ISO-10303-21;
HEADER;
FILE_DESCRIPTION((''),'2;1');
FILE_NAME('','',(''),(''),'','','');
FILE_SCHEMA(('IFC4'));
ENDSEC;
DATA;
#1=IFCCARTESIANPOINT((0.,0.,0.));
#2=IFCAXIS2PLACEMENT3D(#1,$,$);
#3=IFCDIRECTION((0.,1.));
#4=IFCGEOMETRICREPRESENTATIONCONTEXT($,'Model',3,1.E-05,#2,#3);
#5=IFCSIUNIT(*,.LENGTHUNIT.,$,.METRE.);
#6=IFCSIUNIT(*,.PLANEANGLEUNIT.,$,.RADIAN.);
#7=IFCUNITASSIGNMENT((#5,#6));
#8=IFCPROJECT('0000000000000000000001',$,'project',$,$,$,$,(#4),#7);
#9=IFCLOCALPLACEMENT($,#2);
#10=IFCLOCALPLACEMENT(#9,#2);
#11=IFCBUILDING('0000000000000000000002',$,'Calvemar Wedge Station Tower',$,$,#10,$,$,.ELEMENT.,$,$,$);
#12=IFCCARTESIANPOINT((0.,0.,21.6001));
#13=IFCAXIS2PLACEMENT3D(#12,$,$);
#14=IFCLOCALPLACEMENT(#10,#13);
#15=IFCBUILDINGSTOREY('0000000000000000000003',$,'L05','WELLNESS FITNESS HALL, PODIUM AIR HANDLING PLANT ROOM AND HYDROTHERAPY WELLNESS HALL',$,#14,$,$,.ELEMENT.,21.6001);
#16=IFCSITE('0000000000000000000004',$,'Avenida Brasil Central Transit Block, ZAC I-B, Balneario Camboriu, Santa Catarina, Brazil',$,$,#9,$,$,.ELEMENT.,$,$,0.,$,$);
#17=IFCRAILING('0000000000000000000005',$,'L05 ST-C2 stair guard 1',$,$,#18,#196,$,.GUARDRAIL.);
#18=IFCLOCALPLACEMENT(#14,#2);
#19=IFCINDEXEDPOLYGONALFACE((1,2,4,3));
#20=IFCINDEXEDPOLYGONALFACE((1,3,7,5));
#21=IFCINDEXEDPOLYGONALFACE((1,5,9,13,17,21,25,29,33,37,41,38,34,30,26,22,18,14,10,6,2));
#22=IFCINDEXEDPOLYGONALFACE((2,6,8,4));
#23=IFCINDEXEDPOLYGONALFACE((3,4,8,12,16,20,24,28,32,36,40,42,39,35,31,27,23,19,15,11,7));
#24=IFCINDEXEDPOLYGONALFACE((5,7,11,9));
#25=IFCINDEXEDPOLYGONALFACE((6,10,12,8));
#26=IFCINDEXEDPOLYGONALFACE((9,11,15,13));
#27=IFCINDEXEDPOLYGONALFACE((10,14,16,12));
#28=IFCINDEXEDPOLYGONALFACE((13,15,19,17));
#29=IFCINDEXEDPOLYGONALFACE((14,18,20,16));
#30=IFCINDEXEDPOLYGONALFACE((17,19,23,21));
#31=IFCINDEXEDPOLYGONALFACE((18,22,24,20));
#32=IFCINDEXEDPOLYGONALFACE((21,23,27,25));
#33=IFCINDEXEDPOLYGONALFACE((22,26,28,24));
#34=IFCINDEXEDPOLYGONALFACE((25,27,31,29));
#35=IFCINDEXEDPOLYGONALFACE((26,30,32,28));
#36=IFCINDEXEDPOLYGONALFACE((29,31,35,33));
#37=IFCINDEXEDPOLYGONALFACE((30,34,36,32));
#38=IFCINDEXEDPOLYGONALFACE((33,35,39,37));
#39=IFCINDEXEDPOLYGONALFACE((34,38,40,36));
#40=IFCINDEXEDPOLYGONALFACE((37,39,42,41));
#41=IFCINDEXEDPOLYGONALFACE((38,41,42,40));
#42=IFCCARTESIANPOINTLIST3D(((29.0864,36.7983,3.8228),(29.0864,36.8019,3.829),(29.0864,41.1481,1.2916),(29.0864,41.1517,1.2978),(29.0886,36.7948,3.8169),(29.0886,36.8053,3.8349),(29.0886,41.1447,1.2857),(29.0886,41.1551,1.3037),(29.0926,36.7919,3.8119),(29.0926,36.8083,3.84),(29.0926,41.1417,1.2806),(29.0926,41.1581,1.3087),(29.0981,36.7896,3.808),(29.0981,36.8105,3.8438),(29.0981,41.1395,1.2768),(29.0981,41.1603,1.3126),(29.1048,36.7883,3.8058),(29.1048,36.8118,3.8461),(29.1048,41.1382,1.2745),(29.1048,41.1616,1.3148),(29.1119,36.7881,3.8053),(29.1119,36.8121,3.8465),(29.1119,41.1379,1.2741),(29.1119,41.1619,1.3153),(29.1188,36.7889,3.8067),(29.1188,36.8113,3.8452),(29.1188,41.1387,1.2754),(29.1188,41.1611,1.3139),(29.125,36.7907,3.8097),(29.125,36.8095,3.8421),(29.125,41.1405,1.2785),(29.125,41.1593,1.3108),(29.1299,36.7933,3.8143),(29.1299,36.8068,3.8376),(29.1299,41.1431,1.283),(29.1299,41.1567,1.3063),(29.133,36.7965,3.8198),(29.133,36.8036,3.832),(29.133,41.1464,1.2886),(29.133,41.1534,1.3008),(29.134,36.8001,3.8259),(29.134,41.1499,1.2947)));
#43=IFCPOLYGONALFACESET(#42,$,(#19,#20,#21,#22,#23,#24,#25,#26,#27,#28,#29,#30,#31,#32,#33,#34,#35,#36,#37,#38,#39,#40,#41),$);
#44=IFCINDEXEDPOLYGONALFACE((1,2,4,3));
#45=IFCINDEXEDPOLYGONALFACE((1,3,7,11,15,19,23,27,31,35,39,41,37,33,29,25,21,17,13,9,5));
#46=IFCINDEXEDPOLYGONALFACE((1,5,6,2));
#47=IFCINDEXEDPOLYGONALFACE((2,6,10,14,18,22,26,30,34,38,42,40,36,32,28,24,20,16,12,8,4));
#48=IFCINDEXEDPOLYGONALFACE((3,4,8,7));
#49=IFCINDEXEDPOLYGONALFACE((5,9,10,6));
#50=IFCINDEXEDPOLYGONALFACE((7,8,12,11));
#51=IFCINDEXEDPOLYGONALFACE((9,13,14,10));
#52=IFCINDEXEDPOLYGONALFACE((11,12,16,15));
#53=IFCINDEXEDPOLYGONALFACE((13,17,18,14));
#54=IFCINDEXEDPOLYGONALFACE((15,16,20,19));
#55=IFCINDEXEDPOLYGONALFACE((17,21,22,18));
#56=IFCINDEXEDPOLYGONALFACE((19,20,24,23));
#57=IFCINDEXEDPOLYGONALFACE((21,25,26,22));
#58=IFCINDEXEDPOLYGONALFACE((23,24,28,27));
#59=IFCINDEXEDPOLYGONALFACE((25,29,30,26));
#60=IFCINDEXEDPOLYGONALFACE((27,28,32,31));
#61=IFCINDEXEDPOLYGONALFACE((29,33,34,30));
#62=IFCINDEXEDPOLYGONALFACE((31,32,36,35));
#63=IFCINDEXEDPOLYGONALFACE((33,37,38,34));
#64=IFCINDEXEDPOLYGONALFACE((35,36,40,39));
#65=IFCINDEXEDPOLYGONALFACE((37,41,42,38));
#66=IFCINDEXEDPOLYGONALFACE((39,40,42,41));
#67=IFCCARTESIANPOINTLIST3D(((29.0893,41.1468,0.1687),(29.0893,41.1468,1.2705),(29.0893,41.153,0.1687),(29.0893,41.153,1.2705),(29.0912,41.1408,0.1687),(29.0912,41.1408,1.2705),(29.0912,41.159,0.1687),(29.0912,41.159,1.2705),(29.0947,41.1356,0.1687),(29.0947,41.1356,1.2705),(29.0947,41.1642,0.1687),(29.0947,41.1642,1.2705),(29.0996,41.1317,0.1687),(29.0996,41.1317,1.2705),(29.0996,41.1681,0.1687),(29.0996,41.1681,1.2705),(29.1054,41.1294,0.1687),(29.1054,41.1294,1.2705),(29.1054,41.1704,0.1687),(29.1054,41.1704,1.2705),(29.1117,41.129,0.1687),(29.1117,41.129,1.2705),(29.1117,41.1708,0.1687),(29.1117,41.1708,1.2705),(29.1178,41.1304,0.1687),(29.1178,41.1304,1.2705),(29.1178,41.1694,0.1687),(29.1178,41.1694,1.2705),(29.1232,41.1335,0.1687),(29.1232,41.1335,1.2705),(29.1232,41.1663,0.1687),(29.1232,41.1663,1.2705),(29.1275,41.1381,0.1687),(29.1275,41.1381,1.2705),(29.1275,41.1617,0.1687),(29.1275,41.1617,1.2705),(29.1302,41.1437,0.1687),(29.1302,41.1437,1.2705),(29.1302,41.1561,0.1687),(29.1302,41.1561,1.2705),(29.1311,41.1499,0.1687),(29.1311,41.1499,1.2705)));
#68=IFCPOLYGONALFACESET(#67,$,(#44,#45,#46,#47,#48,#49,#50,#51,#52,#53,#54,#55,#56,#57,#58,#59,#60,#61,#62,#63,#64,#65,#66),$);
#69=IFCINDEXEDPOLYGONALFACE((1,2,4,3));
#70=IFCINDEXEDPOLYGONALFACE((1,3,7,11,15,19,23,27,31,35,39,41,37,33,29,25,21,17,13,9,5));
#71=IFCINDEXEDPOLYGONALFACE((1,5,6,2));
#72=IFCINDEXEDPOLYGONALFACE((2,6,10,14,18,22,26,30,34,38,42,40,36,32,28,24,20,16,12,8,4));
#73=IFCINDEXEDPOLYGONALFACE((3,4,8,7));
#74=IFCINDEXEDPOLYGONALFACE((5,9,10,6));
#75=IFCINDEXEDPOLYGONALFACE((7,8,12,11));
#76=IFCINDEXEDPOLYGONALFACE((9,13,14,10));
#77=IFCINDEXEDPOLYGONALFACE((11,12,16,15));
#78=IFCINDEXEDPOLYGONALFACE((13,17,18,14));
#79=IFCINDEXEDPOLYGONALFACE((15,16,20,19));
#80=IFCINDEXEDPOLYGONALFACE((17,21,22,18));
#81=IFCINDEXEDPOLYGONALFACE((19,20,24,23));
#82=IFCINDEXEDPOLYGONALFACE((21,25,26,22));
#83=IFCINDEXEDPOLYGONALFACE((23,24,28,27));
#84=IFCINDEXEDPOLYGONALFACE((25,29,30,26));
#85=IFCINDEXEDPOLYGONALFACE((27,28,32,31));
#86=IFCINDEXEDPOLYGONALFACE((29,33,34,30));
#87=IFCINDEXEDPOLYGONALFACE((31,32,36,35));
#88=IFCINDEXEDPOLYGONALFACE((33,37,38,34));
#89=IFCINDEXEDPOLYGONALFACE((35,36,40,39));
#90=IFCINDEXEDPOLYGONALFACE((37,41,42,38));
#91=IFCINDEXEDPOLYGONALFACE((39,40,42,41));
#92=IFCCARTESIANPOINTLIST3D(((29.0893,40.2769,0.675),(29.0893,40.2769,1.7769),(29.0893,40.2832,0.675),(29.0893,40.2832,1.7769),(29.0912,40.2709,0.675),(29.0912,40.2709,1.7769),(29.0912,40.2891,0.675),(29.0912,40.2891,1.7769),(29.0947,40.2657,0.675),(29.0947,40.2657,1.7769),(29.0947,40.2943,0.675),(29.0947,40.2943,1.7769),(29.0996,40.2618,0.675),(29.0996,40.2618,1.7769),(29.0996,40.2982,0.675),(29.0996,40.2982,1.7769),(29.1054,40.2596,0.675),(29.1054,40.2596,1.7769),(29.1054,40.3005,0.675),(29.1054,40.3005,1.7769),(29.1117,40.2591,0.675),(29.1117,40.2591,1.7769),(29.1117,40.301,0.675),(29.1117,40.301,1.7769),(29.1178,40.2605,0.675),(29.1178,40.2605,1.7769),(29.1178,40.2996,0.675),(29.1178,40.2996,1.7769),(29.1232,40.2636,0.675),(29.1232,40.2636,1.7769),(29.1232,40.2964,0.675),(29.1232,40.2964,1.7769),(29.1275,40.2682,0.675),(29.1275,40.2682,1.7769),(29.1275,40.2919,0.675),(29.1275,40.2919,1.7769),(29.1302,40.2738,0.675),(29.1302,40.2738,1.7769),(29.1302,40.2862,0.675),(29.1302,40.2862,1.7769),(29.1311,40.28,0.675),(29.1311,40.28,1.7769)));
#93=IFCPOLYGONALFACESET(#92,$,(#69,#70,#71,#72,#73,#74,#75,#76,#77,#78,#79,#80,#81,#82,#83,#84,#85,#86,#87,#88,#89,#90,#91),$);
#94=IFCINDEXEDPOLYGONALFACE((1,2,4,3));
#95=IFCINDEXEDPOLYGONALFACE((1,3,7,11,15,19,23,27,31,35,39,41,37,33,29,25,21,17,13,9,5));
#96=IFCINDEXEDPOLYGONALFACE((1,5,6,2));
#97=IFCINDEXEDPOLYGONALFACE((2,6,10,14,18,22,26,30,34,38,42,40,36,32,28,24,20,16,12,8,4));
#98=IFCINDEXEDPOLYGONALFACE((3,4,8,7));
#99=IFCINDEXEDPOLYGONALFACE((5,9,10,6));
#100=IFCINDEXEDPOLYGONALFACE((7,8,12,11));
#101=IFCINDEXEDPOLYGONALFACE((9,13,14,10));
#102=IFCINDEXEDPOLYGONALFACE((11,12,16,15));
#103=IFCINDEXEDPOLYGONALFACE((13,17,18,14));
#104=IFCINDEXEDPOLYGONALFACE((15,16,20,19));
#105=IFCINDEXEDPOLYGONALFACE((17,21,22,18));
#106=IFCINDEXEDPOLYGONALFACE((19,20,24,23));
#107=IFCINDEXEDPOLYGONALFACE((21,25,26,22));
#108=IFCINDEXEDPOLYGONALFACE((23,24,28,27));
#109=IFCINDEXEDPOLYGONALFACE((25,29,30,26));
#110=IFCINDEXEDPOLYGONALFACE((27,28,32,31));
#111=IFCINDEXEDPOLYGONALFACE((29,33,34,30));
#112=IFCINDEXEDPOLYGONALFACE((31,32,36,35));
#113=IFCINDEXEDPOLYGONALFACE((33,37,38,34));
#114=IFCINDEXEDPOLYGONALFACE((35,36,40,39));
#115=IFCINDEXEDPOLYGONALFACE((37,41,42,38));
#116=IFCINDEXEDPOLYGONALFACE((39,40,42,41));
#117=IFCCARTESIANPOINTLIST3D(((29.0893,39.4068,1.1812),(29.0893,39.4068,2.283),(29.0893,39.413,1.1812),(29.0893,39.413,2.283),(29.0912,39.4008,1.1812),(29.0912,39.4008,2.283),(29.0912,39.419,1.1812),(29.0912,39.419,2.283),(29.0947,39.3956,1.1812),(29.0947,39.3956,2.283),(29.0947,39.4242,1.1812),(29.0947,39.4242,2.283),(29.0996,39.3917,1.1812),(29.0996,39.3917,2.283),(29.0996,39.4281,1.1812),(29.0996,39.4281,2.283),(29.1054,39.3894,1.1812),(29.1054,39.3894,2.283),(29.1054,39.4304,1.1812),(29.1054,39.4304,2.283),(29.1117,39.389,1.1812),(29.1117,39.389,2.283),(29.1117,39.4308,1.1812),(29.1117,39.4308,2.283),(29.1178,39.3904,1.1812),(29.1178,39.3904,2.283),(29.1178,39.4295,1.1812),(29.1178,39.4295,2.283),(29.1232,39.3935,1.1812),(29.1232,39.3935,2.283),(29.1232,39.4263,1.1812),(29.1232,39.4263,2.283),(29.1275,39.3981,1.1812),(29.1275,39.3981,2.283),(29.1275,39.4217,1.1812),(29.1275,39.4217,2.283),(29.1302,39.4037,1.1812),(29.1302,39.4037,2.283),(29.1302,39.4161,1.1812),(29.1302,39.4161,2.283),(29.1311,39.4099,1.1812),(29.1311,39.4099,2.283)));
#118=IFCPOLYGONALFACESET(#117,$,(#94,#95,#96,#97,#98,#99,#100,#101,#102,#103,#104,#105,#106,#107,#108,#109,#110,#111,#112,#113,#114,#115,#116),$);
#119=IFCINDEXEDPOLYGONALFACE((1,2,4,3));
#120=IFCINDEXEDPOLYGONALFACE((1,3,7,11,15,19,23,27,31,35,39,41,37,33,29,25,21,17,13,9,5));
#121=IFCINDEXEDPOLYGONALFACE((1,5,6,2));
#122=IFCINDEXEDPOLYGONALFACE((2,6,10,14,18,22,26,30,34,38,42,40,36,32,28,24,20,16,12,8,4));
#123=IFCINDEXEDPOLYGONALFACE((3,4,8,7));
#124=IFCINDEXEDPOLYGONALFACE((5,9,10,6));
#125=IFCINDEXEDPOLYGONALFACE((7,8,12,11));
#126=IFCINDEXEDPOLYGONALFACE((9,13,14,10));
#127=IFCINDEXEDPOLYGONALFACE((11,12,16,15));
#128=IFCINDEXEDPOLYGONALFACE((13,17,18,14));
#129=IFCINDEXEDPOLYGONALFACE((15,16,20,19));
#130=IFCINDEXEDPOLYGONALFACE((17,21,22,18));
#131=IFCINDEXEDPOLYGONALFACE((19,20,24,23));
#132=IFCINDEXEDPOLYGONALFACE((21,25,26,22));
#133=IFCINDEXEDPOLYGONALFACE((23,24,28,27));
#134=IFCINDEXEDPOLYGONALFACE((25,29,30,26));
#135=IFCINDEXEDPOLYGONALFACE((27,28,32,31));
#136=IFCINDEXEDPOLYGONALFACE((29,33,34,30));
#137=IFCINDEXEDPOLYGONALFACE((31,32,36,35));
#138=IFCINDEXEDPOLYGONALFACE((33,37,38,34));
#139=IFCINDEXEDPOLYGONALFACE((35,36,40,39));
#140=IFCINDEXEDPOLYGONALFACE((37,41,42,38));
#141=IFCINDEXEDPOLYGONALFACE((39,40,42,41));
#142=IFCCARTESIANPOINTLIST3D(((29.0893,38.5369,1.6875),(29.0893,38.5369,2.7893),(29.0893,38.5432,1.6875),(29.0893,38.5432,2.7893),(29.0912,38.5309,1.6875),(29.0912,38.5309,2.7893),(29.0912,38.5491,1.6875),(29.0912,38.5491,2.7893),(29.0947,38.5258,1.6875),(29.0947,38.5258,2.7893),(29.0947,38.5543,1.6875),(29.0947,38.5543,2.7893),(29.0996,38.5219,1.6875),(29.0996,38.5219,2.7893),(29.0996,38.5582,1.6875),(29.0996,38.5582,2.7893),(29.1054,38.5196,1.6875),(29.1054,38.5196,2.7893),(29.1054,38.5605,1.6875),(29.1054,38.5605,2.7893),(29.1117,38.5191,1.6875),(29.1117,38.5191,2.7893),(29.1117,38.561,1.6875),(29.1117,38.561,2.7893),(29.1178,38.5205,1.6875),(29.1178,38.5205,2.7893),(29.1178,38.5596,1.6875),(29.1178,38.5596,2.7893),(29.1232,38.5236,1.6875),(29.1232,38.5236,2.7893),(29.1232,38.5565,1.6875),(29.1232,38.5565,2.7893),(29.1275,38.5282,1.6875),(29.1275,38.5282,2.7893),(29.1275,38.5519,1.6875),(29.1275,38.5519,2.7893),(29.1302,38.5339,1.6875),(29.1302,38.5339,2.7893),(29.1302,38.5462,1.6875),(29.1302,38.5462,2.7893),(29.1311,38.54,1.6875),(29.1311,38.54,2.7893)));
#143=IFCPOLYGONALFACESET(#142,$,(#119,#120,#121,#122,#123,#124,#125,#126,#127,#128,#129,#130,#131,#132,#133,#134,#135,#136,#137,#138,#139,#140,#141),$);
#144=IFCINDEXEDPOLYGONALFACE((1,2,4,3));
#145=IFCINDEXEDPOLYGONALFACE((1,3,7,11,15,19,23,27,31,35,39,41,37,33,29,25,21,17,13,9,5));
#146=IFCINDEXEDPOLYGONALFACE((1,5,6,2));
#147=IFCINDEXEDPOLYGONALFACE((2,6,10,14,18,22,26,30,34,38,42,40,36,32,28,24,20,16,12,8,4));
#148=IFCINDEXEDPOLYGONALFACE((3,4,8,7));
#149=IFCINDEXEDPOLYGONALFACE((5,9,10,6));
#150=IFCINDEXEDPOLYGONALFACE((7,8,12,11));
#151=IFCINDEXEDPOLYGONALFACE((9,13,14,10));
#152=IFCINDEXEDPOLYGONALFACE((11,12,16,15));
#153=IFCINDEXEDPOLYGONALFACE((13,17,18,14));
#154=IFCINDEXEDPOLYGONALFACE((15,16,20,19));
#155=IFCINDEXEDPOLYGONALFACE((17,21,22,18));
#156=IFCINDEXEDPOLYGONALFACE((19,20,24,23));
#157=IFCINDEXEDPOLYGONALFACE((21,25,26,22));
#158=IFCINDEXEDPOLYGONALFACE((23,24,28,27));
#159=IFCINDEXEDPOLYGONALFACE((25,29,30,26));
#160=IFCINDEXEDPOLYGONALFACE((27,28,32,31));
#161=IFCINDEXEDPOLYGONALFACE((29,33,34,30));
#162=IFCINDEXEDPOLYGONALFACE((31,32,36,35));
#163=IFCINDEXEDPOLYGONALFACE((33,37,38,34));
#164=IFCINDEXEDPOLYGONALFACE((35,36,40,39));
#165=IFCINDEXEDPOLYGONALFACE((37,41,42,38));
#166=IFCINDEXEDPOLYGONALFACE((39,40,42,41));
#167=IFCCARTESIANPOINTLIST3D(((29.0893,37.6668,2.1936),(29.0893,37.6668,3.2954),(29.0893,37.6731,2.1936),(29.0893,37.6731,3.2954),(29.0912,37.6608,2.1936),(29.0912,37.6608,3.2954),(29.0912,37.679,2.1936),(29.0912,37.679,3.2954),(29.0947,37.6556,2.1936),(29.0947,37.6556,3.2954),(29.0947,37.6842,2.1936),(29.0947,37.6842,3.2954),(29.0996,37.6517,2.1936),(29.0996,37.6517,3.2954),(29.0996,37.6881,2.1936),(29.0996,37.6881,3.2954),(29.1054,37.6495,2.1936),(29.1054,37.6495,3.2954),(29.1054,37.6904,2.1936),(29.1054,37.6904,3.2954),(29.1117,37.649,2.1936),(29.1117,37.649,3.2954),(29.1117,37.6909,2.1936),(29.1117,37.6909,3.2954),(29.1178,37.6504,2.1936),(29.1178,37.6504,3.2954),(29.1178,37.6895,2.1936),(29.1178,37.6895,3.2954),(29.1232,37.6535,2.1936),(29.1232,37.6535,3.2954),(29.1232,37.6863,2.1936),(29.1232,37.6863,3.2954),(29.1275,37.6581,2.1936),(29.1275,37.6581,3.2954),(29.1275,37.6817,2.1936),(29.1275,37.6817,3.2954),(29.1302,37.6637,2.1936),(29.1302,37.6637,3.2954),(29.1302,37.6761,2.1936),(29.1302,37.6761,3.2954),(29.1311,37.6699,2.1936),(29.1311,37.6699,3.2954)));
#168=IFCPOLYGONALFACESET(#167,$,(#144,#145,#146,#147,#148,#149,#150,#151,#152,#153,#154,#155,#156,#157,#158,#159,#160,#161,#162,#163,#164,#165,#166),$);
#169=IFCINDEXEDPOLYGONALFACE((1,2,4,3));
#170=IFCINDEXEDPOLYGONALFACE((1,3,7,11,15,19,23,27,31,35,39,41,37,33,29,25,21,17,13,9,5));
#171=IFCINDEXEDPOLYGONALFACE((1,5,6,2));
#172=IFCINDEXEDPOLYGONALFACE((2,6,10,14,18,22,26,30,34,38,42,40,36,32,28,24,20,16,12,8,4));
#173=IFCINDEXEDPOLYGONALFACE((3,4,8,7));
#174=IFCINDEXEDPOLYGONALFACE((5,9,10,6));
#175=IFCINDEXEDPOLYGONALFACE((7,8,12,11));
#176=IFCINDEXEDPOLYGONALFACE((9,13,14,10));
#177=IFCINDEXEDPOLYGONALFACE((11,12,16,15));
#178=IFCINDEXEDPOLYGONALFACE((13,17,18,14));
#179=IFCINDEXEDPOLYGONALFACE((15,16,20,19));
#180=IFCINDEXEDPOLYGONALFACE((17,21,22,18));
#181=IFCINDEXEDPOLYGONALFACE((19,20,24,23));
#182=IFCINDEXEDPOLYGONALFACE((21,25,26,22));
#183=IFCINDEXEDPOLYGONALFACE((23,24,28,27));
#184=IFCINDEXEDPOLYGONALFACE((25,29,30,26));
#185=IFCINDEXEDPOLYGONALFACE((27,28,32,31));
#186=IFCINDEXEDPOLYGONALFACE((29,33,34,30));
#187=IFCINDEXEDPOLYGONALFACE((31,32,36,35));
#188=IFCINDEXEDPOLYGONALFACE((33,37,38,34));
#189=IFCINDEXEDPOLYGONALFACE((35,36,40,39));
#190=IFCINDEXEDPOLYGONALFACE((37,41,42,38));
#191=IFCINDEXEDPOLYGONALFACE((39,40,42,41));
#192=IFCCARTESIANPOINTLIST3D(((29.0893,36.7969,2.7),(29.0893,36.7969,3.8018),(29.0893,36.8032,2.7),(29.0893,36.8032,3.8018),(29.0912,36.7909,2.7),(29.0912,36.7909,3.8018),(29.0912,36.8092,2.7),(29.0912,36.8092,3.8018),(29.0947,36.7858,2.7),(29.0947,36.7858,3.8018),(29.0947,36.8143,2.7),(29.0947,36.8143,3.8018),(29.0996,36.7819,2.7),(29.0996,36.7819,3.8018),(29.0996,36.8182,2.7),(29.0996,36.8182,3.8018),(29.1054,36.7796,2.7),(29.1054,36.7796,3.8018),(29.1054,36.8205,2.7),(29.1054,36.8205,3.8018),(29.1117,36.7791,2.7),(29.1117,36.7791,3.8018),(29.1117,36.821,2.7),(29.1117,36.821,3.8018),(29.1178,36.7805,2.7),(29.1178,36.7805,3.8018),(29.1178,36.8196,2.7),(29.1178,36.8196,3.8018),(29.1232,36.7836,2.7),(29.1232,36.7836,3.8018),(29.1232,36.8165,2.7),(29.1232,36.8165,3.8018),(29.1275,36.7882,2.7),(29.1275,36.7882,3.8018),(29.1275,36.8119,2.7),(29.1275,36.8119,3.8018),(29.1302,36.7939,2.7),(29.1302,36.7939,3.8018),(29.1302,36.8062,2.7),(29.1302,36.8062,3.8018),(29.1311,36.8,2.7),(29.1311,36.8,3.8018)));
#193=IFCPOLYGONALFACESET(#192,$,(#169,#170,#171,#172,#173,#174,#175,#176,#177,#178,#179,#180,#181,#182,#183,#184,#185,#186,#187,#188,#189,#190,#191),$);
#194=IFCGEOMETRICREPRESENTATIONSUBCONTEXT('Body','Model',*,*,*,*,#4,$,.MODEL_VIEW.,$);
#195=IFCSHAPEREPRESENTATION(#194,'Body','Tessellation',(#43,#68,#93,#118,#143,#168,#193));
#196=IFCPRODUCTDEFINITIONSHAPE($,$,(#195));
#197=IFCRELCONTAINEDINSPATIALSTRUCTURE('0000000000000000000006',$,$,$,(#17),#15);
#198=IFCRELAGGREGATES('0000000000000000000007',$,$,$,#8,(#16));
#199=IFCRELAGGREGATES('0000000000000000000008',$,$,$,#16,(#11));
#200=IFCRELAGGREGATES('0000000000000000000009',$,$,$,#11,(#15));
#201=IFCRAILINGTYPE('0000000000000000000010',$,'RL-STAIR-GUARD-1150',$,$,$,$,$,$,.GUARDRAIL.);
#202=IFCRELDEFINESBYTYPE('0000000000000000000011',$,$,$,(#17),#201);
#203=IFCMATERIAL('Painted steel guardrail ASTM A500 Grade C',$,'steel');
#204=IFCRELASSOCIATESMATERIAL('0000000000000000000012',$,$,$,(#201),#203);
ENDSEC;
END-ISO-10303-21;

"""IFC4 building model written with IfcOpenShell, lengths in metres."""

from ifc_helpers import new_model, si_unit, direction, frame, origin, origin_2d, place, context, subcontext, project, spatial, circle, extrude, material, type_object, element, save


model = new_model("IFC4")

# Units and contexts
model_context = context("Model", 3, precision=1e-05, world=origin(), true_north=direction((0.0, 1.0)))
body_context = subcontext(model_context, "Body", "Model", "MODEL_VIEW")
ifc_project = project(units=[si_unit("LENGTHUNIT", "METRE"), si_unit("PLANEANGLEUNIT", "RADIAN")], contexts=[model_context])

# Site, building, storey
site_placement = place(None, origin())
site = spatial("IfcSite", under=ifc_project, at=site_placement, Name="Avenida Brasil Central Transit Block, ZAC I-B, Balneario Camboriu, Santa Catarina, Brazil", CompositionType="ELEMENT", RefElevation=0.0)
building_placement = place(site_placement, origin())
building = spatial("IfcBuilding", under=site, at=building_placement, Name="Calvemar Wedge Station Tower", CompositionType="ELEMENT")
storey_placement = place(building_placement, frame((0.0, 0.0, 21.6001)))
storey = spatial("IfcBuildingStorey", under=building, at=storey_placement, Name="L05", Description="WELLNESS FITNESS HALL, PODIUM AIR HANDLING PLANT ROOM AND HYDROTHERAPY WELLNESS HALL", CompositionType="ELEMENT", Elevation=21.6001)

# Railing
ifc_material_1 = material(Name="Painted steel guardrail ASTM A500 Grade C", Category="steel")
railing_type_1 = type_object("IfcRailingType", Name="RL-STAIR-GUARD-1150", PredefinedType="GUARDRAIL", material=ifc_material_1)
railing_1_placement = place(storey_placement, frame((29.1101, 41.1499, 0.1687)))
element("IfcRailing", 1, at=railing_1_placement, inside=storey, type_object=railing_type_1, Name="L05 ST-C2 stair guard 1", PredefinedType="GUARDRAIL", context=body_context, shape_type="SweptSolid", body=[
    extrude(circle(Radius=0.0239, at=origin_2d()), frame((0.0, 0.0, 1.126), z_axis=(0.0, -0.864312, 0.502957), x_axis=(1.0, 0.0, 0.0)), (0.0, 0.0, 1.0), 5.0327),
    extrude(circle(Radius=0.021, at=origin_2d()), origin(), (0.0, 0.0, 1.0), 1.1018),
    extrude(circle(Radius=0.021, at=origin_2d()), frame((0.0, -0.8699, 0.5063)), (0.0, 0.0, 1.0), 1.1018),
    extrude(circle(Radius=0.021, at=origin_2d()), frame((0.0, -1.74, 1.0125)), (0.0, 0.0, 1.0), 1.1018),
    extrude(circle(Radius=0.021, at=origin_2d()), frame((0.0, -2.6099, 1.5188)), (0.0, 0.0, 1.0), 1.1018),
    extrude(circle(Radius=0.021, at=origin_2d()), frame((0.0, -3.48, 2.0249)), (0.0, 0.0, 1.0), 1.1018),
    extrude(circle(Radius=0.021, at=origin_2d()), frame((0.0, -4.3499, 2.5312)), (0.0, 0.0, 1.0), 1.1018),
])

save(model, "model.ifc")
